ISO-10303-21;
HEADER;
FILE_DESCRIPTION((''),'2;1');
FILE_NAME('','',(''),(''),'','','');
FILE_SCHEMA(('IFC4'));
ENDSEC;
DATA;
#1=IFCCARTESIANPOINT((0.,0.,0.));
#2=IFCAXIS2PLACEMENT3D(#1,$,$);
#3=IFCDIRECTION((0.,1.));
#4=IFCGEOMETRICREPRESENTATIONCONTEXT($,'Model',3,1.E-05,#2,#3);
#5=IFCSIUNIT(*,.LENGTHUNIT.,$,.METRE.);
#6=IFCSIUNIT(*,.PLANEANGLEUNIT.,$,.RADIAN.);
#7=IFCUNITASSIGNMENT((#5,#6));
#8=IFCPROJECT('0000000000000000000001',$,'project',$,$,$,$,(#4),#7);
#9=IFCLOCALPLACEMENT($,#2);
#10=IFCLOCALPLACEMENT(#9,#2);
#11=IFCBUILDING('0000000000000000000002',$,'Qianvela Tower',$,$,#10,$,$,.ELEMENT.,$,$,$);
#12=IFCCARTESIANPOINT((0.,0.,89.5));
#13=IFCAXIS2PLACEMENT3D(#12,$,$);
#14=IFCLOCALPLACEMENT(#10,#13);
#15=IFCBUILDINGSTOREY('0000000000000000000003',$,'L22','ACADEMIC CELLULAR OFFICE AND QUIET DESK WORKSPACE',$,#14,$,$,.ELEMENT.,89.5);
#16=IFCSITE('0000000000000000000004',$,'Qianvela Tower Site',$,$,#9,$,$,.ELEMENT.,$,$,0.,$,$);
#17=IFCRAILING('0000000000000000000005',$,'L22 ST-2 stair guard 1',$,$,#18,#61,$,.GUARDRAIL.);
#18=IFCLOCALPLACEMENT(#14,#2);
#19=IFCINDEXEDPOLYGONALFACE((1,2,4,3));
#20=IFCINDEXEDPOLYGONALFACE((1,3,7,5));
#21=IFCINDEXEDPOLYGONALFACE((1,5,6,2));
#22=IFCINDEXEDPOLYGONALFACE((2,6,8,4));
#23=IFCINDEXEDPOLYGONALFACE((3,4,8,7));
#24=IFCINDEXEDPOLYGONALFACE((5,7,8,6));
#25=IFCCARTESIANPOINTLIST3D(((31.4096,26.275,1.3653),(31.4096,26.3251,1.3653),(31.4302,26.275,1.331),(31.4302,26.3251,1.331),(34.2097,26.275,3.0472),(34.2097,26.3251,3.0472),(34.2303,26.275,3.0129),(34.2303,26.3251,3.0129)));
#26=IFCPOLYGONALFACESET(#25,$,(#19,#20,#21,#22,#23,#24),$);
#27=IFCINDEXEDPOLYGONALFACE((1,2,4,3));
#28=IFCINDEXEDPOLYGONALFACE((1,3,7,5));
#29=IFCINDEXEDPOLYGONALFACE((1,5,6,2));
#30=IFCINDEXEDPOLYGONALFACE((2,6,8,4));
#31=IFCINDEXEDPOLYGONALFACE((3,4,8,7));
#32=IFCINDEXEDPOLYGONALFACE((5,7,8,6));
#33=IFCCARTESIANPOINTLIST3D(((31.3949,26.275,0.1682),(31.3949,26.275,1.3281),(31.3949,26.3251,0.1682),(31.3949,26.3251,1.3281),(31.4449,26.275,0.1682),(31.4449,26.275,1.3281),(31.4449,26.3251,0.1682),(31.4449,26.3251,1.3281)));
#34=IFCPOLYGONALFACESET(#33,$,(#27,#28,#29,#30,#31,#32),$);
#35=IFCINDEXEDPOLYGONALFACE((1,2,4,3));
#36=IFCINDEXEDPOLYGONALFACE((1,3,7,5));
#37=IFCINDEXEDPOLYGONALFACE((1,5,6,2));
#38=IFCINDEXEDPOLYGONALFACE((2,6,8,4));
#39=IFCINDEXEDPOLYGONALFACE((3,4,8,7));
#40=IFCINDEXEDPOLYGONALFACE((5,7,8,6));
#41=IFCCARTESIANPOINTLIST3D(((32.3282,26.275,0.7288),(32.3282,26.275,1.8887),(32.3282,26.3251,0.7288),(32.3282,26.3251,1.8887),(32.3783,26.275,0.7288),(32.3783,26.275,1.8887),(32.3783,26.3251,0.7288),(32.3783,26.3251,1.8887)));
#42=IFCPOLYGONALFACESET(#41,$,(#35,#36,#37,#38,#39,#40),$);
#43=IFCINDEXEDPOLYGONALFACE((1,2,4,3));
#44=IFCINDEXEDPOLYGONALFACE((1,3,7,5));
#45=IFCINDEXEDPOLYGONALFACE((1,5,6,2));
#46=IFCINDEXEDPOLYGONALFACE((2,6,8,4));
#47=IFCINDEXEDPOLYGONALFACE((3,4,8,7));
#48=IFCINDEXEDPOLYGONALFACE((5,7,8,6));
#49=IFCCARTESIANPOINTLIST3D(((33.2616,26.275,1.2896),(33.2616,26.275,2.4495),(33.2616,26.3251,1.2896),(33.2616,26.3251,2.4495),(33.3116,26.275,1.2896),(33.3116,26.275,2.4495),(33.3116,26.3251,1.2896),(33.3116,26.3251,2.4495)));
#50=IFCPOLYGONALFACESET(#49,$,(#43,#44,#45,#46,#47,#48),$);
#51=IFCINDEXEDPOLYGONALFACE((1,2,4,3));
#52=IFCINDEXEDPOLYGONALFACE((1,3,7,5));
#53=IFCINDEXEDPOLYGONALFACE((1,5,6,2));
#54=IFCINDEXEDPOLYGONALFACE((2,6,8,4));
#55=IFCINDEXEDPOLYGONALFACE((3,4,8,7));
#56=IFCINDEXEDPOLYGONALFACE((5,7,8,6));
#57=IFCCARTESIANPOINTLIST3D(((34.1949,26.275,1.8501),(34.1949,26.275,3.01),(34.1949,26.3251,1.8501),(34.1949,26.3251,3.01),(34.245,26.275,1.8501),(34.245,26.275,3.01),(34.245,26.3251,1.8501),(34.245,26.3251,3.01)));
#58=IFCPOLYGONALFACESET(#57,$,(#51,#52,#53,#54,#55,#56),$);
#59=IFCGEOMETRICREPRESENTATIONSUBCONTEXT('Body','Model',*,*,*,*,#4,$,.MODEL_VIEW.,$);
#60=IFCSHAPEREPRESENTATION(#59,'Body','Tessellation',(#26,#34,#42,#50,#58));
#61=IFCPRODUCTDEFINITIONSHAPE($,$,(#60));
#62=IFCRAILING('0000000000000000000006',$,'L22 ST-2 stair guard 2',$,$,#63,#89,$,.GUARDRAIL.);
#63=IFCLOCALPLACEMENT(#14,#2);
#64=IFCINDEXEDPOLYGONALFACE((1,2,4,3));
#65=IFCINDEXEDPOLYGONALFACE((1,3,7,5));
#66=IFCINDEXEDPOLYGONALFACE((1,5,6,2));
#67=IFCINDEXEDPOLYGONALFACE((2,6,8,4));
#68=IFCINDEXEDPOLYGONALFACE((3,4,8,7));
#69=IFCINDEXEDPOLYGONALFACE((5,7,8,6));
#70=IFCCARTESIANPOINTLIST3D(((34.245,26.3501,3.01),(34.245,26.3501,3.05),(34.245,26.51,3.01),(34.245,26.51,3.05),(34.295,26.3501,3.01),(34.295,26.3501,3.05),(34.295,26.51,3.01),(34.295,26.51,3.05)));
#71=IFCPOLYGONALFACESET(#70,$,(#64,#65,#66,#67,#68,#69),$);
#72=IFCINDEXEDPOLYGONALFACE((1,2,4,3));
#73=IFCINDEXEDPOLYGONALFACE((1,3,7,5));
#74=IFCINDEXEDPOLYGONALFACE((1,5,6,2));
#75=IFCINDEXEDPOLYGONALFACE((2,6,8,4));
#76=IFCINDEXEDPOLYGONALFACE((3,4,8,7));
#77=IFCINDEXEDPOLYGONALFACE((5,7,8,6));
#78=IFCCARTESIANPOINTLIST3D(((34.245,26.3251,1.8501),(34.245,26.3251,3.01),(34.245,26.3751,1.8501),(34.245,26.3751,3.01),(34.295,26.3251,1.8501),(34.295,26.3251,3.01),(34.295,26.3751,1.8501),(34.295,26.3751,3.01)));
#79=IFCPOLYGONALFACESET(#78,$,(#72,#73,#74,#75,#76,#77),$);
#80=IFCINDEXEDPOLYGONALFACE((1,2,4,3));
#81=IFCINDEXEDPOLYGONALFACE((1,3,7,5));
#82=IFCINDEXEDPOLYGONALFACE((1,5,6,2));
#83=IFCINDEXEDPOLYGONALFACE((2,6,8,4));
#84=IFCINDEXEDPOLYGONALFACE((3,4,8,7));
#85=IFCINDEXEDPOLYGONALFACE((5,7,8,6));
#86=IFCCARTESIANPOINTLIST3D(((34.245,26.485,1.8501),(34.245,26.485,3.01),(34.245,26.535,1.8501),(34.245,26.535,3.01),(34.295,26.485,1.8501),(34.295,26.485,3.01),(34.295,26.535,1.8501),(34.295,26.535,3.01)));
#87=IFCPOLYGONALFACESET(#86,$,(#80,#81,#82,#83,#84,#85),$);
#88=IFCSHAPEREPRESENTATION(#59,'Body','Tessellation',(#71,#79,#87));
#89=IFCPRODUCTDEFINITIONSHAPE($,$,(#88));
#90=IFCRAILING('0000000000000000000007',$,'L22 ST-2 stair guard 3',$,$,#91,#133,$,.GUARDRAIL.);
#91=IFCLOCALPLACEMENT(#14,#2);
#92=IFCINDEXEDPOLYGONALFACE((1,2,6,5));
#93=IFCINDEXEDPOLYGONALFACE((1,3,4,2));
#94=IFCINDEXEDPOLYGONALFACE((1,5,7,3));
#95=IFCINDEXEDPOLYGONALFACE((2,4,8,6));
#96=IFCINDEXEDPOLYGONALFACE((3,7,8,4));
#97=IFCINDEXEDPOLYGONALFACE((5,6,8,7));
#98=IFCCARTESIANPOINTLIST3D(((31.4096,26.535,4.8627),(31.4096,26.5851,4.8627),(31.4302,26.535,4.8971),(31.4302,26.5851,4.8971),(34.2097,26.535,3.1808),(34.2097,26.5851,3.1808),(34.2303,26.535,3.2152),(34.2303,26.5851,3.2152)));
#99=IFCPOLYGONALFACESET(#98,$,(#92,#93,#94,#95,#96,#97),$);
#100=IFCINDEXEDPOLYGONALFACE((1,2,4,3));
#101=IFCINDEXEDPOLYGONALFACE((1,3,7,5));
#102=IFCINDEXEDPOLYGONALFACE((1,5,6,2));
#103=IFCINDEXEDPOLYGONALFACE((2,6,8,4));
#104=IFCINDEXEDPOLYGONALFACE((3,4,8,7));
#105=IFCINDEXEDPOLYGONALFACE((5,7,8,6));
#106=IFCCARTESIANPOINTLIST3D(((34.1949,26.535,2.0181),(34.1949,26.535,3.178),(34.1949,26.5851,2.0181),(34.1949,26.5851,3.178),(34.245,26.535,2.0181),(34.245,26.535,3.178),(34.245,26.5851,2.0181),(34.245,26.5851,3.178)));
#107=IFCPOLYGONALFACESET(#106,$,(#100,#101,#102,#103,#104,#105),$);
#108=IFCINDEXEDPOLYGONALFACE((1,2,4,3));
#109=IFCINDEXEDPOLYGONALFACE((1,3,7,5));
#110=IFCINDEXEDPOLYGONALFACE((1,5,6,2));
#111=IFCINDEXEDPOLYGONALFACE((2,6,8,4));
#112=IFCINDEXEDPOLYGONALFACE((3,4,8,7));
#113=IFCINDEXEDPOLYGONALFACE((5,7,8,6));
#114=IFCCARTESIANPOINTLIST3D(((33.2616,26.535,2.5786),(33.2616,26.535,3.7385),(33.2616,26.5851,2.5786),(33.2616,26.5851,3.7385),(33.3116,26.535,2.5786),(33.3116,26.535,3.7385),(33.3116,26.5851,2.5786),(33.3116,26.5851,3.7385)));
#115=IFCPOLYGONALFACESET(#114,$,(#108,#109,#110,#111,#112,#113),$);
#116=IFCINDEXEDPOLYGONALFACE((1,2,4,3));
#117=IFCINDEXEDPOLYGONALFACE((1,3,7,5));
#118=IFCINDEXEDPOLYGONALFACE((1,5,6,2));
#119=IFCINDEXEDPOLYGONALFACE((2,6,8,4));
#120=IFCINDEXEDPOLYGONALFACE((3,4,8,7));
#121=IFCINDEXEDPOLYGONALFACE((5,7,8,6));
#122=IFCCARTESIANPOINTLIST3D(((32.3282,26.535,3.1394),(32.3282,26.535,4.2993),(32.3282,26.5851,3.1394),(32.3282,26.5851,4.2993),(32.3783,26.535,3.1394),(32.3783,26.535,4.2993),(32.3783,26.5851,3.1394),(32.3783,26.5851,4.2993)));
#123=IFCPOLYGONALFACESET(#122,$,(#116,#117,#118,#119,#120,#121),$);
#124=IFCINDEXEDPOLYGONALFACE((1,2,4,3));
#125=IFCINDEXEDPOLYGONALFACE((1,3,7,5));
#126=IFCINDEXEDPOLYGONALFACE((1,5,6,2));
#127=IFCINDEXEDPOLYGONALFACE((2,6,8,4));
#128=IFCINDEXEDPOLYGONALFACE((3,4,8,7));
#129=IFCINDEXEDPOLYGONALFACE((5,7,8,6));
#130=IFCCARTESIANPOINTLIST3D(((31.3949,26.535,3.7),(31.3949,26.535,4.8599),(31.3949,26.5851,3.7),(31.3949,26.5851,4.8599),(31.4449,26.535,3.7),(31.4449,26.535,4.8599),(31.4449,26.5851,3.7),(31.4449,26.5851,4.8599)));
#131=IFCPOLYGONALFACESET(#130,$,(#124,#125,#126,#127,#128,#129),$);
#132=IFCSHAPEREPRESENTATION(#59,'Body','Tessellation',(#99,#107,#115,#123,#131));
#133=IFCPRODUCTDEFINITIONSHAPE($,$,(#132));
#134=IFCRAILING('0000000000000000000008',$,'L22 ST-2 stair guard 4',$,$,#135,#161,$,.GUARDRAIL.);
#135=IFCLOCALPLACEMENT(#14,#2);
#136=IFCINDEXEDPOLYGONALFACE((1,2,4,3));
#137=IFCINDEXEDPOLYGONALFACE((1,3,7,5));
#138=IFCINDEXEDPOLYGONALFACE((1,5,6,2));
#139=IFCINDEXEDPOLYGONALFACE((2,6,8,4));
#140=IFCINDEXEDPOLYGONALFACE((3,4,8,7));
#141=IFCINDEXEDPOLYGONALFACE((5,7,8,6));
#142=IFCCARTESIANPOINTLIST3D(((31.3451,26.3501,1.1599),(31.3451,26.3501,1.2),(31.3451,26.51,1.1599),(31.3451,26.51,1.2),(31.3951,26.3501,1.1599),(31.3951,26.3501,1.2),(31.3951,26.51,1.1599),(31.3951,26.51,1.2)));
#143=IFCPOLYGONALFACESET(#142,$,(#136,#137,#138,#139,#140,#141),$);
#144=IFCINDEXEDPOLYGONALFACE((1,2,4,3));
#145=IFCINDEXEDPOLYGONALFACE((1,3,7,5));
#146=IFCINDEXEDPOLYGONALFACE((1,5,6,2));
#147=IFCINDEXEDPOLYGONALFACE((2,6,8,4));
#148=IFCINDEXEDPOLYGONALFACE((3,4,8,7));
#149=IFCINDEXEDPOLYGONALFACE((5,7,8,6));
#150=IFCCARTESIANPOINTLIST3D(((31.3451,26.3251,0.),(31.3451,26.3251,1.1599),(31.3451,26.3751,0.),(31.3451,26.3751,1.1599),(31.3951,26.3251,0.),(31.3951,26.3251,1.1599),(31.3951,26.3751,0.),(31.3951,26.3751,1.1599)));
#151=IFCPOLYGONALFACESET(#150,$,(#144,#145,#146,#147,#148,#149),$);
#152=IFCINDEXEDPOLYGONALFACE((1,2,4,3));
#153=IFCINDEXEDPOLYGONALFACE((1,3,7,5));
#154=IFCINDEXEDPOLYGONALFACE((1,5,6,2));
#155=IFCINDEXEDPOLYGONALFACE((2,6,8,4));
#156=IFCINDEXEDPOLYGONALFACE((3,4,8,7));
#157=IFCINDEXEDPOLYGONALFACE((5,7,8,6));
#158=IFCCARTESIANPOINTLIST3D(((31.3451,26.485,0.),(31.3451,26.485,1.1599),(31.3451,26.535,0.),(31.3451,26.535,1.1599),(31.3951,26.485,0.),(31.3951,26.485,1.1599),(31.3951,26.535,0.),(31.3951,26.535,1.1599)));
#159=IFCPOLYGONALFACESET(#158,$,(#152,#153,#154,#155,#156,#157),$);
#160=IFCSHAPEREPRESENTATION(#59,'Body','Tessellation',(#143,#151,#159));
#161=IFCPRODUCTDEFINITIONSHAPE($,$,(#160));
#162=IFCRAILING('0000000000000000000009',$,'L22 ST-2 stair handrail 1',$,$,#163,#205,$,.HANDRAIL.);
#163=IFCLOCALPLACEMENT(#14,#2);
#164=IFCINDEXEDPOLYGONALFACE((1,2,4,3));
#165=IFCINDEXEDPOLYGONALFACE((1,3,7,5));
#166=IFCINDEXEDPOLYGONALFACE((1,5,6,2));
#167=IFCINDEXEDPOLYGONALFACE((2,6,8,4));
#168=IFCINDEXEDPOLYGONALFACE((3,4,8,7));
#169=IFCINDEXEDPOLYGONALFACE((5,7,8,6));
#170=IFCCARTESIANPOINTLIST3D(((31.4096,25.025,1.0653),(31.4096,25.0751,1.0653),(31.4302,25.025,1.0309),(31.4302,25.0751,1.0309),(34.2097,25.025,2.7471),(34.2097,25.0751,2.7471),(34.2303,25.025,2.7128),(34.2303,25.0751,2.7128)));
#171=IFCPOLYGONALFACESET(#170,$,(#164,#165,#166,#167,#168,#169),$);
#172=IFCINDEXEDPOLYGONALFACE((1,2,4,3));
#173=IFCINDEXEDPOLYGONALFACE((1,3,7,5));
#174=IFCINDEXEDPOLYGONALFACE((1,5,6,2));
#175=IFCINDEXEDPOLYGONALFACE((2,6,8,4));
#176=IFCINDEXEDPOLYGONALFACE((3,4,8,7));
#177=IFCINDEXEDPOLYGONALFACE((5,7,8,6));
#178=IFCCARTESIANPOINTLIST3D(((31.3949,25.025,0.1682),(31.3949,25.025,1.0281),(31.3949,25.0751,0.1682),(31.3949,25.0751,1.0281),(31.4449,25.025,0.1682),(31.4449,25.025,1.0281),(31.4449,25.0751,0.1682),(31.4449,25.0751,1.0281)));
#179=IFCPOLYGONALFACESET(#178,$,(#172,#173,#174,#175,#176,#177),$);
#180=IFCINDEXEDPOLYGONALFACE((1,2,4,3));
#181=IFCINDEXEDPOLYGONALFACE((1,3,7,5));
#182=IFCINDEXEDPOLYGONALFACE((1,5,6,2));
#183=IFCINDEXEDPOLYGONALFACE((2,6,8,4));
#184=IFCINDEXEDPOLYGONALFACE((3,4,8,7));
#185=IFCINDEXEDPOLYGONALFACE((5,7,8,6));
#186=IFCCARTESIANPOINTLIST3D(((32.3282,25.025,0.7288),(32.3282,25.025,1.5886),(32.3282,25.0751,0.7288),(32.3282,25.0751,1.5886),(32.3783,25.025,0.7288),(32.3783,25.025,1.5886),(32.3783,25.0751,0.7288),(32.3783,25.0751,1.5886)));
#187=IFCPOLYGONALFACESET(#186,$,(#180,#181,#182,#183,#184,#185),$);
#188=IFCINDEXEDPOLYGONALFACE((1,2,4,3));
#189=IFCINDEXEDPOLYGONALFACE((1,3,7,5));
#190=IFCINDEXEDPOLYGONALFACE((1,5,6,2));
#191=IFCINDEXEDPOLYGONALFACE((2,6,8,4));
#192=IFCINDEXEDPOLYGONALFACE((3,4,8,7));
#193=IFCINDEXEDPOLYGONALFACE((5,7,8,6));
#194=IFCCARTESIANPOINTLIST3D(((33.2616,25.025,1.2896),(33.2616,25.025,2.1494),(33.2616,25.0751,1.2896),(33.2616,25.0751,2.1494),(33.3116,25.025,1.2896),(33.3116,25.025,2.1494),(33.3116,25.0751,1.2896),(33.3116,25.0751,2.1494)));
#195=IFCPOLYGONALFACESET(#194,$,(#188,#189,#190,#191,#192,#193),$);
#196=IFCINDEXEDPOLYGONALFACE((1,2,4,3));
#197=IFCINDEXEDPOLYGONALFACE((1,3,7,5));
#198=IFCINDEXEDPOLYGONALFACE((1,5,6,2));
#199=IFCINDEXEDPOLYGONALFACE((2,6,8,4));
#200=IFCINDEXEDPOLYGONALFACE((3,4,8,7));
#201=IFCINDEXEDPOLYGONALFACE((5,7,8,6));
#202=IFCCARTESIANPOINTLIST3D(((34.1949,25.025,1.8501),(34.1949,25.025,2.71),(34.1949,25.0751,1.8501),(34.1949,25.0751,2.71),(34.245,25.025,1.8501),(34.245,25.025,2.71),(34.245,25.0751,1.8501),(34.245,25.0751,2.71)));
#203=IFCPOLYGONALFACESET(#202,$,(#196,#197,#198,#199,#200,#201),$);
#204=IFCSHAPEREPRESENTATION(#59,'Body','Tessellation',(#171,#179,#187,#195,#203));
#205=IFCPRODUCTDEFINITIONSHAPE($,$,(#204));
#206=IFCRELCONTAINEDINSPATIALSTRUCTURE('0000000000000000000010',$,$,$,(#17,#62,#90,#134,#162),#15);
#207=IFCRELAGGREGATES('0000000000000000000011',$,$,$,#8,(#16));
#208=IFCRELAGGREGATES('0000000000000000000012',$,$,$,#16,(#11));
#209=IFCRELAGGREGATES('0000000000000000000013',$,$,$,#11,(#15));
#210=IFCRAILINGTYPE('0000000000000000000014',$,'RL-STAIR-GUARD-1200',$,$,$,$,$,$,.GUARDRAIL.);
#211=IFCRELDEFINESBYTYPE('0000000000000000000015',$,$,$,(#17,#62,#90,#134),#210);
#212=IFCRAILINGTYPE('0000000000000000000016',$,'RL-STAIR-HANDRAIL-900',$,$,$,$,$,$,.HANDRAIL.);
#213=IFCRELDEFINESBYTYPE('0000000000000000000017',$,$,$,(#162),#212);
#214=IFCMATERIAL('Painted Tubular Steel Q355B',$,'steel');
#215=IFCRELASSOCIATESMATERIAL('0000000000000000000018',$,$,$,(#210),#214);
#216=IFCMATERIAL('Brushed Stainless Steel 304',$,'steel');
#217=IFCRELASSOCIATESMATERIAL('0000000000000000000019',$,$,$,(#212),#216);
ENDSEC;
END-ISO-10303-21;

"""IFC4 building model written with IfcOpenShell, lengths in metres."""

from ifc_helpers import new_model, si_unit, direction, frame, origin, origin_2d, place, context, subcontext, project, spatial, rectangle, extrude, material, type_object, element, save


model = new_model("IFC4")

# Units and contexts
model_context = context("Model", 3, precision=1e-05, world=origin(), true_north=direction((0.0, 1.0)))
body_context = subcontext(model_context, "Body", "Model", "MODEL_VIEW")
ifc_project = project(units=[si_unit("LENGTHUNIT", "METRE"), si_unit("PLANEANGLEUNIT", "RADIAN")], contexts=[model_context])

# Site, building, storey
site_placement = place(None, origin())
site = spatial("IfcSite", under=ifc_project, at=site_placement, Name="Qianvela Tower Site", CompositionType="ELEMENT", RefElevation=0.0)
building_placement = place(site_placement, origin())
building = spatial("IfcBuilding", under=site, at=building_placement, Name="Qianvela Tower", CompositionType="ELEMENT")
storey_placement = place(building_placement, frame((0.0, 0.0, 89.5)))
storey = spatial("IfcBuildingStorey", under=building, at=storey_placement, Name="L22", Description="ACADEMIC CELLULAR OFFICE AND QUIET DESK WORKSPACE", CompositionType="ELEMENT", Elevation=89.5)

# Railings
ifc_material_1 = material(Name="Painted Tubular Steel Q355B", Category="steel")
railing_type_1 = type_object("IfcRailingType", Name="RL-STAIR-GUARD-1200", PredefinedType="GUARDRAIL", material=ifc_material_1)
railing_1_placement = place(storey_placement, frame((31.4199, 26.3, 0.1682)))
element("IfcRailing", 1, at=railing_1_placement, inside=storey, type_object=railing_type_1, Name="L22 ST-2 stair guard 1", PredefinedType="GUARDRAIL", context=body_context, shape_type="SweptSolid", body=[
    extrude(rectangle(XDim=0.05, YDim=0.04, at=origin_2d()), frame((0.0, 0.0, 1.1799), z_axis=(0.857242, 0.0, 0.514913), x_axis=(0.0, 1.0, 0.0)), (0.0, 0.0, 1.0), 3.2664),
    extrude(rectangle(XDim=0.05, YDim=0.05, at=origin_2d()), origin(), (0.0, 0.0, 1.0), 1.1599),
    extrude(rectangle(XDim=0.05, YDim=0.05, at=origin_2d()), frame((0.9333, 0.0, 0.5605)), (0.0, 0.0, 1.0), 1.1599),
    extrude(rectangle(XDim=0.05, YDim=0.05, at=origin_2d()), frame((1.8667, 0.0, 1.1213)), (0.0, 0.0, 1.0), 1.1599),
    extrude(rectangle(XDim=0.05, YDim=0.05, at=origin_2d()), frame((2.8, 0.0, 1.6819)), (0.0, 0.0, 1.0), 1.1599),
])
railing_2_placement = place(storey_placement, frame((34.27, 26.3501, 1.8501)))
element("IfcRailing", 2, at=railing_2_placement, inside=storey, type_object=railing_type_1, Name="L22 ST-2 stair guard 2", PredefinedType="GUARDRAIL", context=body_context, shape_type="SweptSolid", body=[
    extrude(rectangle(XDim=0.05, YDim=0.04, at=origin_2d()), frame((0.0, 0.0, 1.1799), z_axis=(0.0, 1.0, 0.0), x_axis=(-1.0, 0.0, 0.0)), (0.0, 0.0, 1.0), 0.1599),
    extrude(rectangle(XDim=0.05, YDim=0.05, at=origin_2d()), origin(), (0.0, 0.0, 1.0), 1.1599),
    extrude(rectangle(XDim=0.05, YDim=0.05, at=origin_2d()), frame((0.0, 0.1599, 0.0)), (0.0, 0.0, 1.0), 1.1599),
])
railing_3_placement = place(storey_placement, frame((34.22, 26.5601, 2.0181)))
element("IfcRailing", 3, at=railing_3_placement, inside=storey, type_object=railing_type_1, Name="L22 ST-2 stair guard 3", PredefinedType="GUARDRAIL", context=body_context, shape_type="SweptSolid", body=[
    extrude(rectangle(XDim=0.05, YDim=0.04, at=origin_2d()), frame((0.0, 0.0, 1.1799), z_axis=(-0.857242, 0.0, 0.514913), x_axis=(0.0, -1.0, 0.0)), (0.0, 0.0, 1.0), 3.2664),
    extrude(rectangle(XDim=0.05, YDim=0.05, at=origin_2d()), origin(), (0.0, 0.0, 1.0), 1.1599),
    extrude(rectangle(XDim=0.05, YDim=0.05, at=origin_2d()), frame((-0.9333, 0.0, 0.5605)), (0.0, 0.0, 1.0), 1.1599),
    extrude(rectangle(XDim=0.05, YDim=0.05, at=origin_2d()), frame((-1.8667, 0.0, 1.1213)), (0.0, 0.0, 1.0), 1.1599),
    extrude(rectangle(XDim=0.05, YDim=0.05, at=origin_2d()), frame((-2.8, 0.0, 1.6819)), (0.0, 0.0, 1.0), 1.1599),
])
railing_4_placement = place(storey_placement, frame((31.3701, 26.3501, 0.0)))
element("IfcRailing", 4, at=railing_4_placement, inside=storey, type_object=railing_type_1, Name="L22 ST-2 stair guard 4", PredefinedType="GUARDRAIL", context=body_context, shape_type="SweptSolid", body=[
    extrude(rectangle(XDim=0.05, YDim=0.04, at=origin_2d()), frame((0.0, 0.0, 1.1799), z_axis=(0.0, 1.0, 0.0), x_axis=(-1.0, 0.0, 0.0)), (0.0, 0.0, 1.0), 0.1599),
    extrude(rectangle(XDim=0.05, YDim=0.05, at=origin_2d()), origin(), (0.0, 0.0, 1.0), 1.1599),
    extrude(rectangle(XDim=0.05, YDim=0.05, at=origin_2d()), frame((0.0, 0.1599, 0.0)), (0.0, 0.0, 1.0), 1.1599),
])
ifc_material_2 = material(Name="Brushed Stainless Steel 304", Category="steel")
railing_type_2 = type_object("IfcRailingType", Name="RL-STAIR-HANDRAIL-900", PredefinedType="HANDRAIL", material=ifc_material_2)
railing_5_placement = place(storey_placement, frame((31.4199, 25.05, 0.1682)))
element("IfcRailing", 5, at=railing_5_placement, inside=storey, type_object=railing_type_2, Name="L22 ST-2 stair handrail 1", PredefinedType="HANDRAIL", context=body_context, shape_type="SweptSolid", body=[
    extrude(rectangle(XDim=0.05, YDim=0.04, at=origin_2d()), frame((0.0, 0.0, 0.8799), z_axis=(0.857242, 0.0, 0.514913), x_axis=(0.0, 1.0, 0.0)), (0.0, 0.0, 1.0), 3.2664),
    extrude(rectangle(XDim=0.05, YDim=0.05, at=origin_2d()), origin(), (0.0, 0.0, 1.0), 0.8599),
    extrude(rectangle(XDim=0.05, YDim=0.05, at=origin_2d()), frame((0.9333, 0.0, 0.5605)), (0.0, 0.0, 1.0), 0.8599),
    extrude(rectangle(XDim=0.05, YDim=0.05, at=origin_2d()), frame((1.8667, 0.0, 1.1213)), (0.0, 0.0, 1.0), 0.8599),
    extrude(rectangle(XDim=0.05, YDim=0.05, at=origin_2d()), frame((2.8, 0.0, 1.6819)), (0.0, 0.0, 1.0), 0.8599),
])

save(model, "model.ifc")
